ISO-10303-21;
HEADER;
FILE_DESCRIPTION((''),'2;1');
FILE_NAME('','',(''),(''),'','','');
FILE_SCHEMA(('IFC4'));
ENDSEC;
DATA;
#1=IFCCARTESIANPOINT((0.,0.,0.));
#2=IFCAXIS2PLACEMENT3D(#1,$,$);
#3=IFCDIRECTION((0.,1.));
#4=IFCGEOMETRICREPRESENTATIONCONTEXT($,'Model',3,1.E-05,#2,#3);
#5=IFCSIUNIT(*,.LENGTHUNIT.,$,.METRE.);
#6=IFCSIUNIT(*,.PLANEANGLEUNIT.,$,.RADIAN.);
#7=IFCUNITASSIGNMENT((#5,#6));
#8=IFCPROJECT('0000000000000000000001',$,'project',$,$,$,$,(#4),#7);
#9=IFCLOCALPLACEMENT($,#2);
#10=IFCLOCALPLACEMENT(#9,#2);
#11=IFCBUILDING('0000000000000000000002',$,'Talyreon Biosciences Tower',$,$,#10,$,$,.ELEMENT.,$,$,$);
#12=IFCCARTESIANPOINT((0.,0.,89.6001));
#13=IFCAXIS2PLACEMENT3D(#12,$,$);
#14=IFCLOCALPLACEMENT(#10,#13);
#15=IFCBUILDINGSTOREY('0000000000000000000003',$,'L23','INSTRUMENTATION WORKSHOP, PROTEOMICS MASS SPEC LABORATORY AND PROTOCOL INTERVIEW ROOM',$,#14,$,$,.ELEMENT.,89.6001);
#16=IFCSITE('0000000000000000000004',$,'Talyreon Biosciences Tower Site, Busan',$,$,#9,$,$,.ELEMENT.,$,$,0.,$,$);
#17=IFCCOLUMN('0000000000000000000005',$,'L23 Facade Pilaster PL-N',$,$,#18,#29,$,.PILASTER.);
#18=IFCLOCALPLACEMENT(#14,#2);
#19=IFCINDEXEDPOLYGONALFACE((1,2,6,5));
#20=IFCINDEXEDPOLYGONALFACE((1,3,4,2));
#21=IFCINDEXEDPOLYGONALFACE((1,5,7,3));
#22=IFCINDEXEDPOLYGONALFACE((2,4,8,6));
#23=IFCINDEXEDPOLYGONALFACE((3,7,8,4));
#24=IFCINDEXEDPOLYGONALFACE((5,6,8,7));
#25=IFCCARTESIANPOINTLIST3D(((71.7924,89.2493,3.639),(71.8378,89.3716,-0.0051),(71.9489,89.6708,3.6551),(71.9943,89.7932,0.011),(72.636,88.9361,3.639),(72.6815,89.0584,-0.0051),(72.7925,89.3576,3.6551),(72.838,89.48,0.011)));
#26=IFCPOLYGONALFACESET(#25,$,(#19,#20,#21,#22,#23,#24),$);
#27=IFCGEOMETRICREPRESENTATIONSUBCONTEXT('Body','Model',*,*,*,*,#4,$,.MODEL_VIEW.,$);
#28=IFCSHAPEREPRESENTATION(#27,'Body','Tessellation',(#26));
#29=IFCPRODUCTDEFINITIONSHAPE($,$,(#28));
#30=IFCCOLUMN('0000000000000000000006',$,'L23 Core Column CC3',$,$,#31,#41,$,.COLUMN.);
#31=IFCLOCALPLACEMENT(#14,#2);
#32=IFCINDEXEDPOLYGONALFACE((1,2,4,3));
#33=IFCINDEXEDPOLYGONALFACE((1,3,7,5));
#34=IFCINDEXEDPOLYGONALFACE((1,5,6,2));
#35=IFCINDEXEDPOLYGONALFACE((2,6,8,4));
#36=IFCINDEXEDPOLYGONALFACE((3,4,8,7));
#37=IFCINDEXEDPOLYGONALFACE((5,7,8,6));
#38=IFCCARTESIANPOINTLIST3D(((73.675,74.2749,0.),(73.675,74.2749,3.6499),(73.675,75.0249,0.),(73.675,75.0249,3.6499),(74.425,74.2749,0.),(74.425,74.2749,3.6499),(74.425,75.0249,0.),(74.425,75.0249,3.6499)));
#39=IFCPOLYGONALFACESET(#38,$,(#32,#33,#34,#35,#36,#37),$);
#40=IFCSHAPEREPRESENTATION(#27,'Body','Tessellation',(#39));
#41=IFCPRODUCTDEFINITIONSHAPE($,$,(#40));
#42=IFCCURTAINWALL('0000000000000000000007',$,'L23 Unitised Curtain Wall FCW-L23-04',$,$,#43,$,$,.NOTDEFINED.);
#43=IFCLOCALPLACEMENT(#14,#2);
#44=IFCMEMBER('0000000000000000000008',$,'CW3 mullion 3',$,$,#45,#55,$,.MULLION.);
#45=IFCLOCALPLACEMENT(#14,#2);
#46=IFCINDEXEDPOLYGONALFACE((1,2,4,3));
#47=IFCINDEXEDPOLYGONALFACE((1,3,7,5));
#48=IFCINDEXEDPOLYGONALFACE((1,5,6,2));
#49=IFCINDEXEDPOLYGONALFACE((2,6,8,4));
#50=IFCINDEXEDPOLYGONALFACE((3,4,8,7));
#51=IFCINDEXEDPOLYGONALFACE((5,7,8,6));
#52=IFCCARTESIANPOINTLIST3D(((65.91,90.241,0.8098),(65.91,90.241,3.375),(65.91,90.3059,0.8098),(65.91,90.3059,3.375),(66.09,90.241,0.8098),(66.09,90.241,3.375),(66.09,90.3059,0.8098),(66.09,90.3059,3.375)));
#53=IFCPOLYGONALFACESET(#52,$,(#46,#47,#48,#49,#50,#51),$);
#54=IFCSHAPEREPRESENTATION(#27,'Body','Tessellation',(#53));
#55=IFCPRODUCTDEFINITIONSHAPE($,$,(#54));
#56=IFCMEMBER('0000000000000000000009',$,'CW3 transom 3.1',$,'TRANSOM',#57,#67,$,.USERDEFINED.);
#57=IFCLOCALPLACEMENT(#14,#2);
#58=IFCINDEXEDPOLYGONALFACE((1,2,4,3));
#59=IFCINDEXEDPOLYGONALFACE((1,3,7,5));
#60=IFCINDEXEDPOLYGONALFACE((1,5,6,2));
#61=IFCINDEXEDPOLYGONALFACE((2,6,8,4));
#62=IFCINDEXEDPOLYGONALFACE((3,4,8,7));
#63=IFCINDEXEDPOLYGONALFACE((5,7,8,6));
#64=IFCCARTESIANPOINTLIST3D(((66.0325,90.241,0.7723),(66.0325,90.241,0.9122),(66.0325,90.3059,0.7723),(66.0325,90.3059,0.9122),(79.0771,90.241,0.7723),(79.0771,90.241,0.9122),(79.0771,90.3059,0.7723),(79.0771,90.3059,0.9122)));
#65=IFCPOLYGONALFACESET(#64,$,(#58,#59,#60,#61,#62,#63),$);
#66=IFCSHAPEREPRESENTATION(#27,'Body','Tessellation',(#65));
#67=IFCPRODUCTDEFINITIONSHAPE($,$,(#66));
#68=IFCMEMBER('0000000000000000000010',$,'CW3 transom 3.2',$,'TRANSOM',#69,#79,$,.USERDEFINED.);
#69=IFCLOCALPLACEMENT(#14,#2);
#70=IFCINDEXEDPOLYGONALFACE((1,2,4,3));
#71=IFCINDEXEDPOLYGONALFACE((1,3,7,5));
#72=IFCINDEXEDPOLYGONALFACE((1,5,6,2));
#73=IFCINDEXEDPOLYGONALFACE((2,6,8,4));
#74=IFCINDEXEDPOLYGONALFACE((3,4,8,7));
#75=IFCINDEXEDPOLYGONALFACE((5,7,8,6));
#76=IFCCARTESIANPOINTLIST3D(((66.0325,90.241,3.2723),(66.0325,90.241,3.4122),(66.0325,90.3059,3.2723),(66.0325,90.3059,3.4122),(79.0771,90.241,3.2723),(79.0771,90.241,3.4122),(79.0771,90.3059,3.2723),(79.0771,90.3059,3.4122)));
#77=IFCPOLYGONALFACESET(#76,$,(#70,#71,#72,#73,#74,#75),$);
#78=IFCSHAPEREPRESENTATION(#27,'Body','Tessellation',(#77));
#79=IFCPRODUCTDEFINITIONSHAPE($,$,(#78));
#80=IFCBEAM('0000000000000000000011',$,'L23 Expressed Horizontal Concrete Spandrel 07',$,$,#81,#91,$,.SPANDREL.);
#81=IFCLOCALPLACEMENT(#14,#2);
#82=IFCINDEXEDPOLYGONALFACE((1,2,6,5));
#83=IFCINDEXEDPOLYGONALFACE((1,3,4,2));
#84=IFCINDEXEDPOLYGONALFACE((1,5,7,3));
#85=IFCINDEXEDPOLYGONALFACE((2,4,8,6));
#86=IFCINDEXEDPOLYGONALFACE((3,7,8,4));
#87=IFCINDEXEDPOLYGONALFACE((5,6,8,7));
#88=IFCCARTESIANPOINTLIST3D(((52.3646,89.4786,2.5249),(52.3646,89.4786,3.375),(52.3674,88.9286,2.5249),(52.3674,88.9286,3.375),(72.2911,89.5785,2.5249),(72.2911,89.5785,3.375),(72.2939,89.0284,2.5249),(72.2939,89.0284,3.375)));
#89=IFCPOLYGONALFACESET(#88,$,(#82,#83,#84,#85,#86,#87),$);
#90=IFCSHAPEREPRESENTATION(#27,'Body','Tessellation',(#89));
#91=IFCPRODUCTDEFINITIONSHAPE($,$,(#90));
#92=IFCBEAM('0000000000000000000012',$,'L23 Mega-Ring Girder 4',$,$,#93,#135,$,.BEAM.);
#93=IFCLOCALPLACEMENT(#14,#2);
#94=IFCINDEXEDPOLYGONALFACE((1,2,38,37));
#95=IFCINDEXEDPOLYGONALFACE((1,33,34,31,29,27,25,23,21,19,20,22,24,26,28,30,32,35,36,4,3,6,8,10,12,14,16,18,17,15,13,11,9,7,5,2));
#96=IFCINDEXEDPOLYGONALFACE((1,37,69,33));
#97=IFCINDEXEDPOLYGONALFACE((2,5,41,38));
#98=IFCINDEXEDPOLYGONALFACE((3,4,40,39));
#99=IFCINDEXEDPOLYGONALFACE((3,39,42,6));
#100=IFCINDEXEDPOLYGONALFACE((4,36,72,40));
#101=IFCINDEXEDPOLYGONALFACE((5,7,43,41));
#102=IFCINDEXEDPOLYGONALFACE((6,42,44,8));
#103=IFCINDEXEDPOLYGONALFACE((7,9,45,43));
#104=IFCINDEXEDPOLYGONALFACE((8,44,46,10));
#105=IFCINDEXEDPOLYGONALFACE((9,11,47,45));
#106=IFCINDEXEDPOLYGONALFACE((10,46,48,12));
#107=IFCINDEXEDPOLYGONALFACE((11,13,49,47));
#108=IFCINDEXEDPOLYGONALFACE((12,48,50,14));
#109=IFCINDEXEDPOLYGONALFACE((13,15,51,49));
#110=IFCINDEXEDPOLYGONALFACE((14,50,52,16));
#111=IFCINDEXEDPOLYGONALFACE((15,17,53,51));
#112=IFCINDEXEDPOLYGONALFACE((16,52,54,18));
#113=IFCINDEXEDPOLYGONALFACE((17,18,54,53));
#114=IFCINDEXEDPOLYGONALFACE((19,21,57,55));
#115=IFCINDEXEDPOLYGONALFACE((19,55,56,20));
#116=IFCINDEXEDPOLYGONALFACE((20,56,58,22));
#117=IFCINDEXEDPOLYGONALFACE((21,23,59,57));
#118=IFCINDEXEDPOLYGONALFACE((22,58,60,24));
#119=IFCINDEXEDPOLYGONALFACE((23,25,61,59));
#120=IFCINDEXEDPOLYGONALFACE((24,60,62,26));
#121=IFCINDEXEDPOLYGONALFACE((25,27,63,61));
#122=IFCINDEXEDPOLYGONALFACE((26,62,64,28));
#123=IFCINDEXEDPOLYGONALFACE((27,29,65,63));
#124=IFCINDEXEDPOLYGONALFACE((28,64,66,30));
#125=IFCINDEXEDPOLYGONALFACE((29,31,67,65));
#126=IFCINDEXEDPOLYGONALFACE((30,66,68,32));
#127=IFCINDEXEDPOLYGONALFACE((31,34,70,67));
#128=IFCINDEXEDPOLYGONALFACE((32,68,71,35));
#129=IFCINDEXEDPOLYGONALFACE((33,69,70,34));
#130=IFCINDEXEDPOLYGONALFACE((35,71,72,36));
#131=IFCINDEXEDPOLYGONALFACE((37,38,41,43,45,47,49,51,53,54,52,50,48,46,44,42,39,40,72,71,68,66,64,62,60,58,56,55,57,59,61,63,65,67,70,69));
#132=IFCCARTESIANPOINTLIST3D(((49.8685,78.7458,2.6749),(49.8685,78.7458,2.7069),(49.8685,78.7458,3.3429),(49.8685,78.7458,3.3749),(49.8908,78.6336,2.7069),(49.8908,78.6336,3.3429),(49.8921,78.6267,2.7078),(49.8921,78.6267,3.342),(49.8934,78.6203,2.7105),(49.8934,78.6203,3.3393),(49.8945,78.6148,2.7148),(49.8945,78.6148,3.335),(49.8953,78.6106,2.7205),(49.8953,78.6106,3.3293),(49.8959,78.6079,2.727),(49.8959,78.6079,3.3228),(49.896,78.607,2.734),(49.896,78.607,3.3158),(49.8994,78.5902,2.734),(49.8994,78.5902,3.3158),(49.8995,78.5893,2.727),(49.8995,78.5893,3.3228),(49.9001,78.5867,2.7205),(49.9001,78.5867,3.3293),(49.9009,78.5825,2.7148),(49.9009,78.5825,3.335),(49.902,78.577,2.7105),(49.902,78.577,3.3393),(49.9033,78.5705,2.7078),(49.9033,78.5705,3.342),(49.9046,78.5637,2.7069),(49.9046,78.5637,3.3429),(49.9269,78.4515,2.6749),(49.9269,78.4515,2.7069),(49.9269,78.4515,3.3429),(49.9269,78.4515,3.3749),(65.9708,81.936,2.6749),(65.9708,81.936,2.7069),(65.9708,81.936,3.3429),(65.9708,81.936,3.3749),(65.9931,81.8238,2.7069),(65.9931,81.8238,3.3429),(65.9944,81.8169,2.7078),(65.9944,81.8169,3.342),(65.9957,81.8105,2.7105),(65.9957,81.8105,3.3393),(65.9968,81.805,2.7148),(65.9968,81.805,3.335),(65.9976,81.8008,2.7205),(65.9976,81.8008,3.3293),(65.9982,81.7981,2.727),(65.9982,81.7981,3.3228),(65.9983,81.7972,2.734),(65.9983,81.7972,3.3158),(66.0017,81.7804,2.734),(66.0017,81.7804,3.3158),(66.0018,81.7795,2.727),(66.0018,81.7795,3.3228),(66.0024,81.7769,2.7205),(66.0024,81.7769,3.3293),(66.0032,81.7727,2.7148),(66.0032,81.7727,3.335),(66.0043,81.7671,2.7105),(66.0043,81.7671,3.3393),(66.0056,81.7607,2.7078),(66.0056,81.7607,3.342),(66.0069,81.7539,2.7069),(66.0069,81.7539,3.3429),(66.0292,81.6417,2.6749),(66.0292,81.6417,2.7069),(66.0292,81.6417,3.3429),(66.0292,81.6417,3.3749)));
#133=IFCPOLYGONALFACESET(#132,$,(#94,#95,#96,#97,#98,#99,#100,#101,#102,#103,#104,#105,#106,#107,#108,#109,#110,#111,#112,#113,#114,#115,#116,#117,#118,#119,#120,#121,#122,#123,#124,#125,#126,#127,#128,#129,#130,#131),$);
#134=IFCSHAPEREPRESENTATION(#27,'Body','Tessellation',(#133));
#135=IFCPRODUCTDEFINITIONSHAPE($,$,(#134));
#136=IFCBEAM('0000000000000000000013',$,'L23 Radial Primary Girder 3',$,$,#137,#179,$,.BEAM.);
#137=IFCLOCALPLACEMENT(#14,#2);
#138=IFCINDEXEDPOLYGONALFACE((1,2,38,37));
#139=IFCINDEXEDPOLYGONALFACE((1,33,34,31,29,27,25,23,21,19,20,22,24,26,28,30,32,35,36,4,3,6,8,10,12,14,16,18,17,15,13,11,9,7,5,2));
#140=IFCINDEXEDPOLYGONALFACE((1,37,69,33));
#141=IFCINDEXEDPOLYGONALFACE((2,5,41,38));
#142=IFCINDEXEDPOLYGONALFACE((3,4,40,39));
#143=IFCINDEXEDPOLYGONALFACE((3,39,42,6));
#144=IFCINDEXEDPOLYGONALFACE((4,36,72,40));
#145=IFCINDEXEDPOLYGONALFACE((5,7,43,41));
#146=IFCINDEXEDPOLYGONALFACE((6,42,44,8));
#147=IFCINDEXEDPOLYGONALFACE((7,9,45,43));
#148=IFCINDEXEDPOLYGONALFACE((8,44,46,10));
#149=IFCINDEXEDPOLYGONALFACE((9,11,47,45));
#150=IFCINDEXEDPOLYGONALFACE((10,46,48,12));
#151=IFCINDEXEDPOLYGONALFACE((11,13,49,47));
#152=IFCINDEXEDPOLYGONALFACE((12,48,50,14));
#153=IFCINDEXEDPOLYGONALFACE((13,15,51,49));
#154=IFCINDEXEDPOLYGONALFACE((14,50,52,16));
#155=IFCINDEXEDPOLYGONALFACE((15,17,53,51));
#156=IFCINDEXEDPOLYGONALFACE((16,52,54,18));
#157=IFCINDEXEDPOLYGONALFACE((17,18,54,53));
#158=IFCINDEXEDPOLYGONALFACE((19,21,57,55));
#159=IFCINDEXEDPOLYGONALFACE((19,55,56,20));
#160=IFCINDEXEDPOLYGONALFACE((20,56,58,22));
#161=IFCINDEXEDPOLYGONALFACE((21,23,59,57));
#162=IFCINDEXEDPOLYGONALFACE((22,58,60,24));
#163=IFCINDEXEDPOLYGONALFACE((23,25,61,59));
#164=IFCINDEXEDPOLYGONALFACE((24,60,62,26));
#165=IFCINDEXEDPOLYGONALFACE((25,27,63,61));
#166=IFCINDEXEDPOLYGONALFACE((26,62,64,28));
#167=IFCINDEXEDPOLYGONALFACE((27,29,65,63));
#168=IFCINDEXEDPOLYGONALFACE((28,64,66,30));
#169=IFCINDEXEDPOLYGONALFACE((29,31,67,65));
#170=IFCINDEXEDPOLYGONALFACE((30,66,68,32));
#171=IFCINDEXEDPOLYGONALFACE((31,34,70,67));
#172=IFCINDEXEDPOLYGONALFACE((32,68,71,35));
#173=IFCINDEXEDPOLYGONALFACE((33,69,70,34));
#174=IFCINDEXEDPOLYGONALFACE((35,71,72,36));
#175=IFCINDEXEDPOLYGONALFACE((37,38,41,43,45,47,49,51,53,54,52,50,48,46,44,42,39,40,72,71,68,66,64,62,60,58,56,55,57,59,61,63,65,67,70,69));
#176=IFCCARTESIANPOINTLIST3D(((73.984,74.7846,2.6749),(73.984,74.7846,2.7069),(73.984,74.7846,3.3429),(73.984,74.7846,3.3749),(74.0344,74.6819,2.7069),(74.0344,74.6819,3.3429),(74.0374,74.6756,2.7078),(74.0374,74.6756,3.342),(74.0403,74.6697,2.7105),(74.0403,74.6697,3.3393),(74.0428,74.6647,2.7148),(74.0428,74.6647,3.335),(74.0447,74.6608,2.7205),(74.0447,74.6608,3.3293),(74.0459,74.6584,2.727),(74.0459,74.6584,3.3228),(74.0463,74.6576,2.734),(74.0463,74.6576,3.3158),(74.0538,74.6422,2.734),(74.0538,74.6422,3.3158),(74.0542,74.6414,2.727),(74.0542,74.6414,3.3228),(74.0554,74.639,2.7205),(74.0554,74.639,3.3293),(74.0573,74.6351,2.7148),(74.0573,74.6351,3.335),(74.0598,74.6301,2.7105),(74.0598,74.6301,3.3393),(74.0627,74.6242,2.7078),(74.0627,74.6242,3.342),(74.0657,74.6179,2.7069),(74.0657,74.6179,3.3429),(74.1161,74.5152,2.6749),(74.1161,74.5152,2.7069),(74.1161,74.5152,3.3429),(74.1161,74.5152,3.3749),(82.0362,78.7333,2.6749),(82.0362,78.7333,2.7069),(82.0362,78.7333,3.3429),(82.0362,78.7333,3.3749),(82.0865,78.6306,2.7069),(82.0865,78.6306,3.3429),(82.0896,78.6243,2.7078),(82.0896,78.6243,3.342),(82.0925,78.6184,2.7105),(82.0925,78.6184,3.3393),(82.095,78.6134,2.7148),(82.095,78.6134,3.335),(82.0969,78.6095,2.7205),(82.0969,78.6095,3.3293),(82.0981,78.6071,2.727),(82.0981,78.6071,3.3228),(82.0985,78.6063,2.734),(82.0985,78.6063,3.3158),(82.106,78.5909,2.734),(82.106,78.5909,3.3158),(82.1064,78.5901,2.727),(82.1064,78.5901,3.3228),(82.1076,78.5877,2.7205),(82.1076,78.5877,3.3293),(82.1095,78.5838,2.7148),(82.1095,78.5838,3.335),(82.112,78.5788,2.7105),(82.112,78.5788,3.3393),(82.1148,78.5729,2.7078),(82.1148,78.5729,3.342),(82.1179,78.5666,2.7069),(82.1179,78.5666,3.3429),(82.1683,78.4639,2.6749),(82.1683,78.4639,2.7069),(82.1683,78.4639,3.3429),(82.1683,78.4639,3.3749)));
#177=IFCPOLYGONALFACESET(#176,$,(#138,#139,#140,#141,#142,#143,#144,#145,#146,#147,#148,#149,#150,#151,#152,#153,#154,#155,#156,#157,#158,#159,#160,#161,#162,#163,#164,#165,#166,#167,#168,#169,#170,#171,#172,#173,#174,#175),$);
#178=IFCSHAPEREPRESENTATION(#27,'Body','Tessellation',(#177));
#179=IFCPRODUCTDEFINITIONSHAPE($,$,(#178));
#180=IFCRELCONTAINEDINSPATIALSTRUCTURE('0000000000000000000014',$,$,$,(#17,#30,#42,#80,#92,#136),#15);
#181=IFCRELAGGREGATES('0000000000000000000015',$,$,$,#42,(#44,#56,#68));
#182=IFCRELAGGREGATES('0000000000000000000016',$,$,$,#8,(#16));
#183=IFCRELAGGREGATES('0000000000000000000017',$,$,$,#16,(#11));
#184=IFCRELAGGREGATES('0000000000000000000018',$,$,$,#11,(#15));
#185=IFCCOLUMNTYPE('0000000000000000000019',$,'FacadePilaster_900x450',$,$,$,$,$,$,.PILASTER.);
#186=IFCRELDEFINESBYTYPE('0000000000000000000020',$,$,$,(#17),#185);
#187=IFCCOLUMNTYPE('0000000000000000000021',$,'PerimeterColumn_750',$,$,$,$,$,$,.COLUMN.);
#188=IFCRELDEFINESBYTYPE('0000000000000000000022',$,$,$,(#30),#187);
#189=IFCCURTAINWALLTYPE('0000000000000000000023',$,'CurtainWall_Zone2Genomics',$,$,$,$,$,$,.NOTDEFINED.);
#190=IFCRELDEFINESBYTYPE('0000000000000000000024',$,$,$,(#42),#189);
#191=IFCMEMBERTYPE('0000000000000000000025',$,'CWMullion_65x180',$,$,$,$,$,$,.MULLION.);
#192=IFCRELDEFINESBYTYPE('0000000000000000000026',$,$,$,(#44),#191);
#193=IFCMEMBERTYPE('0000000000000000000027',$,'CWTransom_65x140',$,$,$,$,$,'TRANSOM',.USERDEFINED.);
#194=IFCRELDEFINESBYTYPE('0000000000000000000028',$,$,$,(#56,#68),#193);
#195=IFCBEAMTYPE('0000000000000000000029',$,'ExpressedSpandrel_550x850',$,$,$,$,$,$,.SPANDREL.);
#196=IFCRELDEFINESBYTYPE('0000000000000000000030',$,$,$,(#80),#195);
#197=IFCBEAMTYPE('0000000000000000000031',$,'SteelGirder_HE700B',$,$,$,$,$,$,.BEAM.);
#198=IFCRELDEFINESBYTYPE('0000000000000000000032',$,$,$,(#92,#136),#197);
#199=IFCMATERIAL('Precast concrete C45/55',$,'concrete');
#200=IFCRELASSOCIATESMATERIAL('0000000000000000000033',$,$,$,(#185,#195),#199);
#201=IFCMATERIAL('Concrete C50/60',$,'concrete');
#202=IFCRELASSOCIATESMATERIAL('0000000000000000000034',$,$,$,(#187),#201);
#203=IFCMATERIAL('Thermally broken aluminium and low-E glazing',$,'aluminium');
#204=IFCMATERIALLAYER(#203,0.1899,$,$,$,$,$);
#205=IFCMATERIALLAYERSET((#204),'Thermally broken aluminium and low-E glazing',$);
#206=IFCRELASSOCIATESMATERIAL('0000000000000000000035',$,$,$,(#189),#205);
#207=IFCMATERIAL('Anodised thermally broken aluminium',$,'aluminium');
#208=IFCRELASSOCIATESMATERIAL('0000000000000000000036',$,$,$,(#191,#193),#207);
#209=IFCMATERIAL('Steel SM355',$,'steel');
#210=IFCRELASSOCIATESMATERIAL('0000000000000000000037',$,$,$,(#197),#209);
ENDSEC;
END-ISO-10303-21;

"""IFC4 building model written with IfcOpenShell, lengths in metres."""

from ifc_helpers import new_model, si_unit, direction, frame, origin, origin_2d, place, context, subcontext, project, spatial, rectangle, i_section, extrude, material, layer, layer_set, material_profile, profile_set, type_object, element, aggregate, save


model = new_model("IFC4")

# Units and contexts
model_context = context("Model", 3, precision=1e-05, world=origin(), true_north=direction((0.0, 1.0)))
body_context = subcontext(model_context, "Body", "Model", "MODEL_VIEW")
ifc_project = project(units=[si_unit("LENGTHUNIT", "METRE"), si_unit("PLANEANGLEUNIT", "RADIAN")], contexts=[model_context])

# Site, building, storey
site_placement = place(None, origin())
site = spatial("IfcSite", under=ifc_project, at=site_placement, Name="Talyreon Biosciences Tower Site, Busan", CompositionType="ELEMENT", RefElevation=0.0)
building_placement = place(site_placement, origin())
building = spatial("IfcBuilding", under=site, at=building_placement, Name="Talyreon Biosciences Tower", CompositionType="ELEMENT")
storey_placement = place(building_placement, frame((0.0, 0.0, 89.6001)))
storey = spatial("IfcBuildingStorey", under=building, at=storey_placement, Name="L23", Description="INSTRUMENTATION WORKSHOP, PROTEOMICS MASS SPEC LABORATORY AND PROTOCOL INTERVIEW ROOM", CompositionType="ELEMENT", Elevation=89.6001)

# Columns
ifc_material_1 = material(Name="Precast concrete C45/55", Category="concrete")
ifc_material_profile_1 = material_profile(ifc_material_1, rectangle(XDim=0.8999, YDim=0.45, at=origin_2d()), Name="RC 900x450")
ifc_profile_set_1 = profile_set([ifc_material_profile_1], Name="Precast concrete C45/55")
column_type_1 = type_object("IfcColumnType", Name="FacadePilaster_900x450", PredefinedType="PILASTER", material=ifc_profile_set_1)
column_1_placement = place(storey_placement, frame((72.3379, 89.4258, 0.0029), z_axis=(-0.012453, -0.033544, 0.99936), x_axis=(-0.937478, 0.348046, 0.0)))
element("IfcColumn", 1, at=column_1_placement, inside=storey, type_object=column_type_1, Name="L23 Facade Pilaster PL-N", PredefinedType="PILASTER", context=body_context, shape_type="SweptSolid", body=[
    extrude(rectangle(XDim=0.8999, YDim=0.45, at=origin_2d()), origin(), (0.0, 0.0, 1.0), 3.6465),
])
ifc_material_2 = material(Name="Concrete C50/60", Category="concrete")
ifc_material_profile_2 = material_profile(ifc_material_2, rectangle(XDim=0.75, YDim=0.75, at=origin_2d()), Name="RC 750x750")
ifc_profile_set_2 = profile_set([ifc_material_profile_2], Name="Concrete C50/60")
column_type_2 = type_object("IfcColumnType", Name="PerimeterColumn_750", PredefinedType="COLUMN", material=ifc_profile_set_2)
column_2_placement = place(storey_placement, frame((74.05, 74.6499, 0.0), z_axis=(0.0, 0.0, 1.0), x_axis=(1.0, 0.0, 0.0)))
element("IfcColumn", 2, at=column_2_placement, inside=storey, type_object=column_type_2, Name="L23 Core Column CC3", PredefinedType="COLUMN", context=body_context, shape_type="SweptSolid", body=[
    extrude(rectangle(XDim=0.75, YDim=0.75, at=origin_2d()), origin(), (0.0, 0.0, 1.0), 3.6499),
])

# Curtain wall, members
ifc_material_3 = material(Name="Thermally broken aluminium and low-E glazing", Category="aluminium")
ifc_layer_1 = layer(ifc_material_3, 0.1899)
ifc_layer_set_1 = layer_set([ifc_layer_1], Name="Thermally broken aluminium and low-E glazing")
curtain_wall_type = type_object("IfcCurtainWallType", Name="CurtainWall_Zone2Genomics", PredefinedType="NOTDEFINED", material=ifc_layer_set_1)
curtain_wall_placement = place(storey_placement, origin())
curtain_wall = element("IfcCurtainWall", 3, at=curtain_wall_placement, inside=storey, type_object=curtain_wall_type, Name="L23 Unitised Curtain Wall FCW-L23-04", PredefinedType="NOTDEFINED")
ifc_material_4 = material(Name="Anodised thermally broken aluminium", Category="aluminium")
ifc_material_profile_3 = material_profile(ifc_material_4, rectangle(XDim=0.0649, YDim=0.1799, at=origin_2d()), Name="ALUM MULLION 65x180")
ifc_profile_set_3 = profile_set([ifc_material_profile_3], Name="Anodised thermally broken aluminium")
member_type_1 = type_object("IfcMemberType", Name="CWMullion_65x180", PredefinedType="MULLION", material=ifc_profile_set_3)
member_1_placement = place(storey_placement, frame((66.0, 90.2734, 0.8098), z_axis=(0.0, 0.0, 1.0), x_axis=(0.0, 1.0, 0.0)))
member_1 = element("IfcMember", 4, at=member_1_placement, type_object=member_type_1, Name="CW3 mullion 3", PredefinedType="MULLION", context=body_context, shape_type="SweptSolid", body=[
    extrude(rectangle(XDim=0.0649, YDim=0.1799, at=origin_2d()), origin(), (0.0, 0.0, 1.0), 2.5652),
])
ifc_material_profile_4 = material_profile(ifc_material_4, rectangle(XDim=0.0649, YDim=0.1399, at=origin_2d()), Name="ALUM TRANSOM 65x140")
ifc_profile_set_4 = profile_set([ifc_material_profile_4], Name="Anodised thermally broken aluminium")
member_type_2 = type_object("IfcMemberType", Name="CWTransom_65x140", ElementType="TRANSOM", PredefinedType="USERDEFINED", material=ifc_profile_set_4)
member_2_placement = place(storey_placement, frame((66.0325, 90.2734, 0.8423), z_axis=(1.0, 0.0, 0.0), x_axis=(0.0, 1.0, 0.0)))
member_2 = element("IfcMember", 5, at=member_2_placement, type_object=member_type_2, Name="CW3 transom 3.1", ObjectType="TRANSOM", PredefinedType="USERDEFINED", context=body_context, shape_type="SweptSolid", body=[
    extrude(rectangle(XDim=0.0649, YDim=0.1399, at=origin_2d()), origin(), (0.0, 0.0, 1.0), 13.0447),
])
member_3_placement = place(storey_placement, frame((66.0325, 90.2734, 3.3423), z_axis=(1.0, 0.0, 0.0), x_axis=(0.0, 1.0, 0.0)))
member_3 = element("IfcMember", 6, at=member_3_placement, type_object=member_type_2, Name="CW3 transom 3.2", ObjectType="TRANSOM", PredefinedType="USERDEFINED", context=body_context, shape_type="SweptSolid", body=[
    extrude(rectangle(XDim=0.0649, YDim=0.1399, at=origin_2d()), origin(), (0.0, 0.0, 1.0), 13.0447),
])

# Beams
ifc_material_profile_5 = material_profile(ifc_material_1, rectangle(XDim=0.55, YDim=0.8501, at=origin_2d()), Name="RCB 550x850")
ifc_profile_set_5 = profile_set([ifc_material_profile_5], Name="Precast concrete C45/55")
beam_type_1 = type_object("IfcBeamType", Name="ExpressedSpandrel_550x850", PredefinedType="SPANDREL", material=ifc_profile_set_5)
beam_1_placement = place(storey_placement, frame((72.2925, 89.3035, 2.95), z_axis=(-0.999987, -0.005011, 0.0), x_axis=(0.005011, -0.999987, 0.0)))
element("IfcBeam", 7, at=beam_1_placement, inside=storey, type_object=beam_type_1, Name="L23 Expressed Horizontal Concrete Spandrel 07", PredefinedType="SPANDREL", context=body_context, shape_type="SweptSolid", body=[
    extrude(rectangle(XDim=0.55, YDim=0.8501, at=origin_2d()), origin(), (0.0, 0.0, 1.0), 19.9268),
])
ifc_material_5 = material(Name="Steel SM355", Category="steel")
ifc_material_profile_6 = material_profile(ifc_material_5, i_section(OverallWidth=0.3, OverallDepth=0.7, WebThickness=0.0171, FlangeThickness=0.032, FilletRadius=0.0271, at=origin_2d()), Name="HE700B")
ifc_profile_set_6 = profile_set([ifc_material_profile_6], Name="Steel SM355")
beam_type_2 = type_object("IfcBeamType", Name="SteelGirder_HE700B", PredefinedType="BEAM", material=ifc_profile_set_6)
beam_2_placement = place(storey_placement, frame((66.0, 81.7888, 3.0249), z_axis=(-0.980934, -0.194343, 0.0), x_axis=(0.194343, -0.980934, 0.0)))
element("IfcBeam", 8, at=beam_2_placement, inside=storey, type_object=beam_type_2, Name="L23 Mega-Ring Girder 4", PredefinedType="BEAM", context=body_context, shape_type="SweptSolid", body=[
    extrude(i_section(OverallWidth=0.3, OverallDepth=0.7, WebThickness=0.0171, FlangeThickness=0.032, FilletRadius=0.0271, at=origin_2d()), origin(), (0.0, 0.0, 1.0), 16.4153),
])
beam_3_placement = place(storey_placement, frame((74.05, 74.6499, 3.0249), z_axis=(0.897852, 0.440297, 0.0), x_axis=(-0.440297, 0.897852, 0.0)))
element("IfcBeam", 9, at=beam_3_placement, inside=storey, type_object=beam_type_2, Name="L23 Radial Primary Girder 3", PredefinedType="BEAM", context=body_context, shape_type="SweptSolid", body=[
    extrude(i_section(OverallWidth=0.3, OverallDepth=0.7, WebThickness=0.0171, FlangeThickness=0.032, FilletRadius=0.0271, at=origin_2d()), origin(), (0.0, 0.0, 1.0), 8.9683),
])

aggregate(curtain_wall, [member_1, member_2, member_3])

save(model, "model.ifc")
